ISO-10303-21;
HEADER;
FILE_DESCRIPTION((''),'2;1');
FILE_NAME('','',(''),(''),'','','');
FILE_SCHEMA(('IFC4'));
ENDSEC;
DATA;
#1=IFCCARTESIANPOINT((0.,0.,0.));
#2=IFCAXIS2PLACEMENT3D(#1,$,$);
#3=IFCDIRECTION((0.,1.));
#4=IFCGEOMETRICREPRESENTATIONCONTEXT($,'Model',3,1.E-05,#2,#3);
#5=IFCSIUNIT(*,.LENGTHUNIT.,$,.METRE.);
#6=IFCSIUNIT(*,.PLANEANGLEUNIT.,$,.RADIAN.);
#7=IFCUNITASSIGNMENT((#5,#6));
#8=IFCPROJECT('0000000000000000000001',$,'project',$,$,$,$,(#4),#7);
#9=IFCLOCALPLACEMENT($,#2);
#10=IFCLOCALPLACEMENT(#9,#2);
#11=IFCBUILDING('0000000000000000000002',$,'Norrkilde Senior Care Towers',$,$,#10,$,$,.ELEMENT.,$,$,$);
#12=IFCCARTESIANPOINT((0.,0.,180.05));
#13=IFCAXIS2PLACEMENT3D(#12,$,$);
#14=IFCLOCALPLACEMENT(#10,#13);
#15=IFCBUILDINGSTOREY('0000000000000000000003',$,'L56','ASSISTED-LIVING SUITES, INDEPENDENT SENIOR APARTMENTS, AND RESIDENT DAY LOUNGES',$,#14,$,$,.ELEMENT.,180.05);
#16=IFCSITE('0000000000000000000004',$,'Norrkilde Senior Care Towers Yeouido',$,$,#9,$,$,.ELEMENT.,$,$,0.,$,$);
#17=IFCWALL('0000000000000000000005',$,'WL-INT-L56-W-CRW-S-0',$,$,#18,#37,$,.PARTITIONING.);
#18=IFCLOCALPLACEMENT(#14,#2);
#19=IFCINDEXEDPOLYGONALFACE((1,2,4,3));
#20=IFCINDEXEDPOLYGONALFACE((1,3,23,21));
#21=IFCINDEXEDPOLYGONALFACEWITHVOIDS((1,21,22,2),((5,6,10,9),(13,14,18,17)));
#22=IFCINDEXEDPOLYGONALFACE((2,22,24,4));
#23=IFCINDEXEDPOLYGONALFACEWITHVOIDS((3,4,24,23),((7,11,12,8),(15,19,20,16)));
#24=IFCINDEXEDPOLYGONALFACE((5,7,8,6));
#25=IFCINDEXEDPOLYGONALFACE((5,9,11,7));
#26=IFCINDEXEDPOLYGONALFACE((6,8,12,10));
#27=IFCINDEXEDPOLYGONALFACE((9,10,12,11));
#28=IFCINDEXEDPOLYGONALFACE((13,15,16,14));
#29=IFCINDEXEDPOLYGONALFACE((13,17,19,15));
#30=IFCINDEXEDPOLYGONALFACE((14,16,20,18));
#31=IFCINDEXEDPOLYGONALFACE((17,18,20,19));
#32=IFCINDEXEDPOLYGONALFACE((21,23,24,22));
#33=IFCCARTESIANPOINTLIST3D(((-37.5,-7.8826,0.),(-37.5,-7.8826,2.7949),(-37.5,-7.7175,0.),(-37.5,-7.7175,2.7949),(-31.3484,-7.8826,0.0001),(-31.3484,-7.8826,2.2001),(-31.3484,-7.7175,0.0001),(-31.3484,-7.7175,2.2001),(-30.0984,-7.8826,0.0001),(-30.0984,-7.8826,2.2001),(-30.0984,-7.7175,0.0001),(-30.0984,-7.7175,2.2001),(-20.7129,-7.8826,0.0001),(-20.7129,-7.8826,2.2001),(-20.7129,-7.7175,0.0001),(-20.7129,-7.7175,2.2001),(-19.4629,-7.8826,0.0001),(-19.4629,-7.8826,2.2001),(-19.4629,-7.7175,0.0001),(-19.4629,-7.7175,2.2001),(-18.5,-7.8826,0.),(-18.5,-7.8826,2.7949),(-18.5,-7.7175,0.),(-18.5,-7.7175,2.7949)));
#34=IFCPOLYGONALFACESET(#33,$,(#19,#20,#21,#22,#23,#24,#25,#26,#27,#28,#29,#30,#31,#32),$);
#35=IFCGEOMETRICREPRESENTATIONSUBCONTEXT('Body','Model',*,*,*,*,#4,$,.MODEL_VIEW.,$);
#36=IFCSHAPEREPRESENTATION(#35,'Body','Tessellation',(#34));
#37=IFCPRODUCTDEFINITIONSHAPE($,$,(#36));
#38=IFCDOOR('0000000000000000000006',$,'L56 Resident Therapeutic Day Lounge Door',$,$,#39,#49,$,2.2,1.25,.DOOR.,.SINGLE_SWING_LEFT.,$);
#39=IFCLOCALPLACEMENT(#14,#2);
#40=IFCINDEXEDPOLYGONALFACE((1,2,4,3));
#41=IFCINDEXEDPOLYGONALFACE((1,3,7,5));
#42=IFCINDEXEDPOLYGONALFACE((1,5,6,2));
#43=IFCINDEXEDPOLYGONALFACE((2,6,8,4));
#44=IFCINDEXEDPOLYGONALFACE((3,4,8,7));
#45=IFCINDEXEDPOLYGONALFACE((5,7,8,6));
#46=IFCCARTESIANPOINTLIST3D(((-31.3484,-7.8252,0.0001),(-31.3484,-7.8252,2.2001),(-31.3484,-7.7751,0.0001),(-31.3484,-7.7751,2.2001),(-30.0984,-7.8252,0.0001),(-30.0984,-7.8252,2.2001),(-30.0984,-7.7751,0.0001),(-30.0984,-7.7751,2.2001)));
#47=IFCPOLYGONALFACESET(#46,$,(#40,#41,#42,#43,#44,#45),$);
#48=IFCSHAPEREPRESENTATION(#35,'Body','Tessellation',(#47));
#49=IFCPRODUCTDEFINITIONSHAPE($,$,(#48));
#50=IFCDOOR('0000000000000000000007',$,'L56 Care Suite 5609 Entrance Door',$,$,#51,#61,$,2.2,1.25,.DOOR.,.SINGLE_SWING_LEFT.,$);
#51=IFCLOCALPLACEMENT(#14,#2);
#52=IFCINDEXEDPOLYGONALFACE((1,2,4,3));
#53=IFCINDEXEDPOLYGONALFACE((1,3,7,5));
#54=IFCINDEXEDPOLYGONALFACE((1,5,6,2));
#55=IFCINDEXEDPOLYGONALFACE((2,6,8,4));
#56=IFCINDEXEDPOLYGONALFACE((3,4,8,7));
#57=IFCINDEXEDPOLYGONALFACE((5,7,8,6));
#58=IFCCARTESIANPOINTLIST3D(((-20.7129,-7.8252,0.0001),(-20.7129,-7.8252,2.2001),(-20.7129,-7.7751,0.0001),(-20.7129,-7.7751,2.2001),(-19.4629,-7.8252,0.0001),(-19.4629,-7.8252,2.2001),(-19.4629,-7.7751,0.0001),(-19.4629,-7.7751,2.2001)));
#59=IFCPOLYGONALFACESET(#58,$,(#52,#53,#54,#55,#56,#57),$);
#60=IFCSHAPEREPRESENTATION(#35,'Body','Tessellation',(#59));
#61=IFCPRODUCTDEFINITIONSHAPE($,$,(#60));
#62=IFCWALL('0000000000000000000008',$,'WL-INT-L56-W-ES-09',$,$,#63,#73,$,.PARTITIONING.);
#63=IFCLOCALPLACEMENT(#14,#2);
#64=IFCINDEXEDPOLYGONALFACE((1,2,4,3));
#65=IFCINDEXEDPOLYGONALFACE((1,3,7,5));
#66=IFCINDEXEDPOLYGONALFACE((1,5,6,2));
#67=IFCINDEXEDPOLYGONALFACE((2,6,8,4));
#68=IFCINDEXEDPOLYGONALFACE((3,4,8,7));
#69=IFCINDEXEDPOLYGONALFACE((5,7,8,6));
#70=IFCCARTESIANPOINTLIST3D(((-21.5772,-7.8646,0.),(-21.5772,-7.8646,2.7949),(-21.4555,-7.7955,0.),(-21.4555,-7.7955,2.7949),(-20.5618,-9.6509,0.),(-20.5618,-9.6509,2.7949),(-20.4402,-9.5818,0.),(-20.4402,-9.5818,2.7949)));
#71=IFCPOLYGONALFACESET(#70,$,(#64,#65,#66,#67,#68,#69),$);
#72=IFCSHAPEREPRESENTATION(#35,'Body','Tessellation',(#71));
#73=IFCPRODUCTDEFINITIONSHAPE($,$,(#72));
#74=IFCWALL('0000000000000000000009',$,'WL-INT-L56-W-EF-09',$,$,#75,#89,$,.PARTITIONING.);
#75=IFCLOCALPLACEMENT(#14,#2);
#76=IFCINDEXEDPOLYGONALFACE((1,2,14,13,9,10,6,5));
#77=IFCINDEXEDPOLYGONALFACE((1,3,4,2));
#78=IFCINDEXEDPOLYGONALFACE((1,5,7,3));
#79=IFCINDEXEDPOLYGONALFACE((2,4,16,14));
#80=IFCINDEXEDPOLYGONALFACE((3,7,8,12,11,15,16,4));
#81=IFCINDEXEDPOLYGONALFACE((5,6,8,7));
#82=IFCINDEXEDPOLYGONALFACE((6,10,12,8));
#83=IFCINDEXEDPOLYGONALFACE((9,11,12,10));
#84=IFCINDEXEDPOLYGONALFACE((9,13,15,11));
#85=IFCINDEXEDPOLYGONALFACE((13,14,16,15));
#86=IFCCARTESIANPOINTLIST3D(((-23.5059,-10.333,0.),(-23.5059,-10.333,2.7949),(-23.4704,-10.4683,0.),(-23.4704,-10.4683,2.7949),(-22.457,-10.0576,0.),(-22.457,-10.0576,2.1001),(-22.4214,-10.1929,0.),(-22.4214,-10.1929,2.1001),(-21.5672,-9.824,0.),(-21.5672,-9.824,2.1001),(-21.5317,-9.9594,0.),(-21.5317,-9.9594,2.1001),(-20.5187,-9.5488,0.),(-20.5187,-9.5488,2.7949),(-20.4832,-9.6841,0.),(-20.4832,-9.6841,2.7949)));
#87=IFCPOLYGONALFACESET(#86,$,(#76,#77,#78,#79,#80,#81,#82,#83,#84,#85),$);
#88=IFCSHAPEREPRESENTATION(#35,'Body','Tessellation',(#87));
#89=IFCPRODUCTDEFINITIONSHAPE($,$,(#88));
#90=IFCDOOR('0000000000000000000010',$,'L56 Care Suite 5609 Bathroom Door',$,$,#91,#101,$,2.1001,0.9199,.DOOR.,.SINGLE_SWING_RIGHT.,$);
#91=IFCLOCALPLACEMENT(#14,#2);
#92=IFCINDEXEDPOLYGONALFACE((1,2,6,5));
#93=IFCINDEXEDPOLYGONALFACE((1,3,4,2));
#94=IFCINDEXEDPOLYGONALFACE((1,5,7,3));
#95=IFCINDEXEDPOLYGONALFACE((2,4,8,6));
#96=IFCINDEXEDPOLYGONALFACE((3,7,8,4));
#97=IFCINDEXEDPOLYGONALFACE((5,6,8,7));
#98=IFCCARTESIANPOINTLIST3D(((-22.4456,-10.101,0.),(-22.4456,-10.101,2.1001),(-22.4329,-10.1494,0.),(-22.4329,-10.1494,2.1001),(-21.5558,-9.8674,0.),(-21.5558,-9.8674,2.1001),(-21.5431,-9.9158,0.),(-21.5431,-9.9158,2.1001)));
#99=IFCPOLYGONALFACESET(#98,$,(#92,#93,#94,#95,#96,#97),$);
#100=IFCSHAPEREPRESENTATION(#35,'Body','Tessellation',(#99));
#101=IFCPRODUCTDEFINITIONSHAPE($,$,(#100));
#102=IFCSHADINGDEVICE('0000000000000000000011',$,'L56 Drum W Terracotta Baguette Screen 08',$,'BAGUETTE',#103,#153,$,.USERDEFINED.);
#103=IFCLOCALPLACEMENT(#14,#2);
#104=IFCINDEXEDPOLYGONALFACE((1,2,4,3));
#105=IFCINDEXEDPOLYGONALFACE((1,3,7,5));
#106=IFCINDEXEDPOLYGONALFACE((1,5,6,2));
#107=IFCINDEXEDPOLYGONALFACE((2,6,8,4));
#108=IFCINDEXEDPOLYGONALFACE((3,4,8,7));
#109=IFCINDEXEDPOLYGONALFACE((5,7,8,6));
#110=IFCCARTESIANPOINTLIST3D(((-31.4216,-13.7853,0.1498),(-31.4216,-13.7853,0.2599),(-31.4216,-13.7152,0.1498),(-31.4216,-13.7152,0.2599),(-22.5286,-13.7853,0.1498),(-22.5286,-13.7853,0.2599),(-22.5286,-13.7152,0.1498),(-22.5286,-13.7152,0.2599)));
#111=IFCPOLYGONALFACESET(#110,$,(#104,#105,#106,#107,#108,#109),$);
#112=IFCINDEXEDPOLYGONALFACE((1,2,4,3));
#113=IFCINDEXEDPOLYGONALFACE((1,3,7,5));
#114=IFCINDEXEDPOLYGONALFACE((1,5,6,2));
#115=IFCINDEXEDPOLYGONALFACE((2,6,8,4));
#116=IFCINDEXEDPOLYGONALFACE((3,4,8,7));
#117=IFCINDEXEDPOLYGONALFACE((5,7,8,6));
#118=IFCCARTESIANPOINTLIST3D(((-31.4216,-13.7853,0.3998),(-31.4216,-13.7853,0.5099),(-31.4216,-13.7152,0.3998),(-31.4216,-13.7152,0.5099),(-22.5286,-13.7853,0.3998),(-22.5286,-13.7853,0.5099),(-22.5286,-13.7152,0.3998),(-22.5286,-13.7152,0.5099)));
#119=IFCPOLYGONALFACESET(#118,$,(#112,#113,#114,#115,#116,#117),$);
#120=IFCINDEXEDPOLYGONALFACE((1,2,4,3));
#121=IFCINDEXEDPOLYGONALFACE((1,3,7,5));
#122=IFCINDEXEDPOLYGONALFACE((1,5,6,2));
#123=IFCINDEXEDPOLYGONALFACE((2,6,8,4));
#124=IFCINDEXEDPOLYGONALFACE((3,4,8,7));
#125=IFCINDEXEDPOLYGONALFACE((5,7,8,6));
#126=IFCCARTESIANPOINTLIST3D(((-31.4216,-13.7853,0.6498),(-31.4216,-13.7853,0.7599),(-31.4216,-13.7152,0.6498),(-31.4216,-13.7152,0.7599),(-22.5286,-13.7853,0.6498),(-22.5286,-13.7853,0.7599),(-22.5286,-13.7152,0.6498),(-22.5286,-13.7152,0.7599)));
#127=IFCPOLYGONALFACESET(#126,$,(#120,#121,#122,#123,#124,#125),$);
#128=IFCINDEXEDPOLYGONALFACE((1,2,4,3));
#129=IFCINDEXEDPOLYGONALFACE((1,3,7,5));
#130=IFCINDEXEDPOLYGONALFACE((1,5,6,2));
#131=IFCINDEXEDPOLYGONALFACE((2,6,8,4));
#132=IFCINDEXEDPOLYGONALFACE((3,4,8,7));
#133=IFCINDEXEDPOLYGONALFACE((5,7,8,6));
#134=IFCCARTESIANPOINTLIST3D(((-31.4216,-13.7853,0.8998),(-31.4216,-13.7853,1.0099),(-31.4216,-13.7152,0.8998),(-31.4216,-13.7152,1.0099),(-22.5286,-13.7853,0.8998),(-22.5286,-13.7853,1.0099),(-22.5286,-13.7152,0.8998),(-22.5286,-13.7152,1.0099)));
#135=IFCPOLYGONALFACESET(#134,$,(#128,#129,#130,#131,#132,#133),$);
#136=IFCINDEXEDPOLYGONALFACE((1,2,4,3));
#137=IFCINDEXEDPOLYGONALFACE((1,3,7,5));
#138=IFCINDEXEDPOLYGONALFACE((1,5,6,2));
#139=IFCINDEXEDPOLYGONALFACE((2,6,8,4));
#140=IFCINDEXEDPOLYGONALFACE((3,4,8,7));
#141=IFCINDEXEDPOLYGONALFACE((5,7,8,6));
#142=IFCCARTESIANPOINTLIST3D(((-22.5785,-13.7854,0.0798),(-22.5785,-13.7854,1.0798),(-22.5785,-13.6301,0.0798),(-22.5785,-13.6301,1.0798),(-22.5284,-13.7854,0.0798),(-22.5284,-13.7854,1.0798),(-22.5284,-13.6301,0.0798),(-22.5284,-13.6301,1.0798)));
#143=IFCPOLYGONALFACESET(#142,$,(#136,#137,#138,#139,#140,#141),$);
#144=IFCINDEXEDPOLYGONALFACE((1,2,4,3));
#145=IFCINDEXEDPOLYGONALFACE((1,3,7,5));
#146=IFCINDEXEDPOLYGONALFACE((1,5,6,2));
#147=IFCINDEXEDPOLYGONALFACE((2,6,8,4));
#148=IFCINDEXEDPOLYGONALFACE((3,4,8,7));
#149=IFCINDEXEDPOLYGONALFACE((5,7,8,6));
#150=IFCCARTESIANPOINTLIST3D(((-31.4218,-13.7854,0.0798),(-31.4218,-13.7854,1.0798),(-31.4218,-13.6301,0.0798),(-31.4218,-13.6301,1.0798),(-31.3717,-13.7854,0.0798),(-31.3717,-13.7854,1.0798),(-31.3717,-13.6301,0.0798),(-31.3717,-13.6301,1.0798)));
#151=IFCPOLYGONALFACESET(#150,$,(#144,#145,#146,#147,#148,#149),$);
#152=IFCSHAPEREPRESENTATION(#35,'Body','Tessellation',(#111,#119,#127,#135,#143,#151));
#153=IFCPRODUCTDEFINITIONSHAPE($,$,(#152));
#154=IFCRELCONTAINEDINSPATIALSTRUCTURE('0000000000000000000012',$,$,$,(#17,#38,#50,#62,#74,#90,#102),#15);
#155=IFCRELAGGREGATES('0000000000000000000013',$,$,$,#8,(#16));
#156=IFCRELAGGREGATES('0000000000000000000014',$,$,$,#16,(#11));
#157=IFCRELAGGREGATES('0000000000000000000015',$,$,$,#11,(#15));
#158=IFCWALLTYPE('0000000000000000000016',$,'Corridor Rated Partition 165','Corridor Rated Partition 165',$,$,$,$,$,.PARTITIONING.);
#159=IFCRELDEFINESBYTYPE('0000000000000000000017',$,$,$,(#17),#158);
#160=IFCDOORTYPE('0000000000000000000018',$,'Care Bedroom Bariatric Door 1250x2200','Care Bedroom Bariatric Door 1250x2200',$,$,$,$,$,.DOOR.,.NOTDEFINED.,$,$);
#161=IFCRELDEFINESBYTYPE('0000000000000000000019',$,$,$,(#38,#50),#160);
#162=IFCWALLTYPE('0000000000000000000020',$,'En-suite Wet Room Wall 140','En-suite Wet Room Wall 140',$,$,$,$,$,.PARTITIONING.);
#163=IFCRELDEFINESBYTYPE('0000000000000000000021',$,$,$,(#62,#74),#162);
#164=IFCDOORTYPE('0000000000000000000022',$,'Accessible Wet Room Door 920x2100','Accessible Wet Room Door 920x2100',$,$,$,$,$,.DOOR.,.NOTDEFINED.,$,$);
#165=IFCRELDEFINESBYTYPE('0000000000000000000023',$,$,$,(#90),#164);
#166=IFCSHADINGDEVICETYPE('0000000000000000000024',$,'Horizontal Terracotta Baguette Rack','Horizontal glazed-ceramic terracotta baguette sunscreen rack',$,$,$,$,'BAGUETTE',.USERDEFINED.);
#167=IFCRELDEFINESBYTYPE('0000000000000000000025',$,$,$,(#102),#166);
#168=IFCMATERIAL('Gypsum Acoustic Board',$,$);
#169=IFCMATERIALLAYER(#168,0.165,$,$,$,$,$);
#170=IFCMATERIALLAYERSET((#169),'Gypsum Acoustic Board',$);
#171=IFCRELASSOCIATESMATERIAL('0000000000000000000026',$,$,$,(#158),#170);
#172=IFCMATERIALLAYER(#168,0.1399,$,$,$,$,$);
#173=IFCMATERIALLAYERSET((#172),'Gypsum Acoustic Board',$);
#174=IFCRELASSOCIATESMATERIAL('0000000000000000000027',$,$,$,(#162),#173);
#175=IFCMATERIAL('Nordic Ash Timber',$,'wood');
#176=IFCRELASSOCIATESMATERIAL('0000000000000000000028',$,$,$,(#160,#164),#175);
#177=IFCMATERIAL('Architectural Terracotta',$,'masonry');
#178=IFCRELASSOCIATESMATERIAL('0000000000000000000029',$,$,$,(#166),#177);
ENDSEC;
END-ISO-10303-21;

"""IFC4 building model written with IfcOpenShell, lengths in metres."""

from ifc_helpers import new_model, si_unit, direction, frame, frame_2d, origin, origin_2d, place, context, subcontext, project, spatial, rectangle, extrude, source, transform, mapped, material, layer, layer_set, type_object, type_shapes, element, fill, save


model = new_model("IFC4")

# Units and contexts
model_context = context("Model", 3, precision=1e-05, world=origin(), true_north=direction((0.0, 1.0)))
body_context = subcontext(model_context, "Body", "Model", "MODEL_VIEW")
ifc_project = project(units=[si_unit("LENGTHUNIT", "METRE"), si_unit("PLANEANGLEUNIT", "RADIAN")], contexts=[model_context])

# Site, building, storey
site_placement = place(None, origin())
site = spatial("IfcSite", under=ifc_project, at=site_placement, Name="Norrkilde Senior Care Towers Yeouido", CompositionType="ELEMENT", RefElevation=0.0)
building_placement = place(site_placement, origin())
building = spatial("IfcBuilding", under=site, at=building_placement, Name="Norrkilde Senior Care Towers", CompositionType="ELEMENT")
storey_placement = place(building_placement, frame((0.0, 0.0, 180.05)))
storey = spatial("IfcBuildingStorey", under=building, at=storey_placement, Name="L56", Description="ASSISTED-LIVING SUITES, INDEPENDENT SENIOR APARTMENTS, AND RESIDENT DAY LOUNGES", CompositionType="ELEMENT", Elevation=180.05)

# Shared definitions
ifc_material_1 = material(Name="Gypsum Acoustic Board")
ifc_layer_1 = layer(ifc_material_1, 0.165)
ifc_layer_set_1 = layer_set([ifc_layer_1], Name="Gypsum Acoustic Board")
wall_type_1 = type_object("IfcWallType", Name="Corridor Rated Partition 165", Description="Corridor Rated Partition 165", PredefinedType="PARTITIONING", material=ifc_layer_set_1)

# Shared definitions
ifc_layer_2 = layer(ifc_material_1, 0.1399)
ifc_layer_set_2 = layer_set([ifc_layer_2], Name="Gypsum Acoustic Board")
wall_type_2 = type_object("IfcWallType", Name="En-suite Wet Room Wall 140", Description="En-suite Wet Room Wall 140", PredefinedType="PARTITIONING", material=ifc_layer_set_2)

# Wall, openings, doors
shared_shape_1 = source(origin(), body_context, "Body", "SweptSolid", [
    extrude(rectangle(XDim=19.0, YDim=0.165, at=frame_2d((9.5, 0.0))), origin(), (0.0, 0.0, 1.0), 2.7949),
])
wall_1_placement = place(storey_placement, frame((-18.5, -7.8, 0.0), z_axis=(0.0, 0.0, 1.0), x_axis=(-1.0, 0.0, 0.0)))
wall_1 = element("IfcWall", 1, at=wall_1_placement, inside=storey, type_object=wall_type_1, Name="WL-INT-L56-W-CRW-S-0", PredefinedType="PARTITIONING", context=body_context, shape_type="MappedRepresentation", body=[
    mapped(shared_shape_1, transform((0.0, 0.0, 0.0), x_axis=(1.0, 0.0, 0.0), y_axis=(0.0, 1.0, 0.0), z_axis=(0.0, 0.0, 1.0), scale=1.0)),
])
opening_1_placement = place(wall_1_placement, frame((11.5984, 0.0, 0.0)))
opening_1 = element("IfcOpeningElement", 2, at=opening_1_placement, cuts=wall_1, PredefinedType="OPENING", context=body_context, shape_type="SweptSolid", body=[
    extrude(rectangle(XDim=1.25, YDim=2.2, at=frame_2d((0.625, 1.1001))), frame((0.0, 0.0925, 0.0), z_axis=(0.0, -1.0, 0.0), x_axis=(1.0, 0.0, 0.0)), (0.0, 0.0, 1.0), 0.1851),
])
opening_2_placement = place(wall_1_placement, frame((0.9629, 0.0, 0.0)))
opening_2 = element("IfcOpeningElement", 3, at=opening_2_placement, cuts=wall_1, PredefinedType="OPENING", context=body_context, shape_type="SweptSolid", body=[
    extrude(rectangle(XDim=1.25, YDim=2.2, at=frame_2d((0.625, 1.1001))), frame((0.0, 0.0925, 0.0), z_axis=(0.0, -1.0, 0.0), x_axis=(1.0, 0.0, 0.0)), (0.0, 0.0, 1.0), 0.1851),
])
ifc_material_2 = material(Name="Nordic Ash Timber", Category="wood")
door_type_1 = type_object("IfcDoorType", Name="Care Bedroom Bariatric Door 1250x2200", Description="Care Bedroom Bariatric Door 1250x2200", OperationType="NOTDEFINED", PredefinedType="DOOR", material=ifc_material_2)
shared_shape_2 = source(origin(), body_context, "Body", "SweptSolid", [
    extrude(rectangle(XDim=1.25, YDim=2.2, at=frame_2d((0.625, 1.1001))), frame((0.0, 0.0249, 0.0), z_axis=(0.0, -1.0, 0.0), x_axis=(1.0, 0.0, 0.0)), (0.0, 0.0, 1.0), 0.05),
])
type_shapes(door_type_1, [shared_shape_2])
door_1_placement = place(opening_1_placement, frame((1.25, 0.0, 0.0), z_axis=(0.0, 0.0, 1.0), x_axis=(-1.0, 0.0, 0.0)))
door_1 = element("IfcDoor", 4, at=door_1_placement, inside=storey, type_object=door_type_1, Name="L56 Resident Therapeutic Day Lounge Door", OperationType="SINGLE_SWING_LEFT", OverallHeight=2.2, OverallWidth=1.25, PredefinedType="DOOR", context=body_context, shape_type="MappedRepresentation", body=[
    mapped(shared_shape_2, transform((0.0, 0.0, 0.0), x_axis=(1.0, 0.0, 0.0), y_axis=(0.0, 1.0, 0.0), z_axis=(0.0, 0.0, 1.0), scale=1.0)),
])
fill(opening_1, door_1)
door_2_placement = place(opening_2_placement, frame((1.25, 0.0, 0.0), z_axis=(0.0, 0.0, 1.0), x_axis=(-1.0, 0.0, 0.0)))
door_2 = element("IfcDoor", 5, at=door_2_placement, inside=storey, type_object=door_type_1, Name="L56 Care Suite 5609 Entrance Door", OperationType="SINGLE_SWING_LEFT", OverallHeight=2.2, OverallWidth=1.25, PredefinedType="DOOR", context=body_context, shape_type="MappedRepresentation", body=[
    mapped(shared_shape_2, transform((0.0, 0.0, 0.0), x_axis=(1.0, 0.0, 0.0), y_axis=(0.0, 1.0, 0.0), z_axis=(0.0, 0.0, 1.0), scale=1.0)),
])
fill(opening_2, door_2)

# Wall
shared_shape_3 = source(origin(), body_context, "Body", "SweptSolid", [
    extrude(rectangle(XDim=2.0547, YDim=0.1399, at=frame_2d((1.0273, 0.0))), origin(), (0.0, 0.0, 1.0), 2.7949),
])
wall_2_placement = place(storey_placement, frame((-21.5164, -7.8301, 0.0), z_axis=(0.0, 0.0, 1.0), x_axis=(0.494154, -0.869374, 0.0)))
element("IfcWall", 6, at=wall_2_placement, inside=storey, type_object=wall_type_2, Name="WL-INT-L56-W-ES-09", PredefinedType="PARTITIONING", context=body_context, shape_type="MappedRepresentation", body=[
    mapped(shared_shape_3, transform((0.0, 0.0, 0.0), x_axis=(1.0, 0.0, 0.0), y_axis=(0.0, 1.0, 0.0), z_axis=(0.0, 0.0, 1.0), scale=1.0)),
])

# Wall, opening, door
shared_shape_4 = source(origin(), body_context, "Body", "SweptSolid", [
    extrude(rectangle(XDim=3.0884, YDim=0.1399, at=frame_2d((1.5442, 0.0))), origin(), (0.0, 0.0, 1.0), 2.7949),
])
wall_3_placement = place(storey_placement, frame((-20.501, -9.6165, 0.0), z_axis=(0.0, 0.0, 1.0), x_axis=(-0.967225, -0.253921, 0.0)))
wall_3 = element("IfcWall", 7, at=wall_3_placement, inside=storey, type_object=wall_type_2, Name="WL-INT-L56-W-EF-09", PredefinedType="PARTITIONING", context=body_context, shape_type="MappedRepresentation", body=[
    mapped(shared_shape_4, transform((0.0, 0.0, 0.0), x_axis=(1.0, 0.0, 0.0), y_axis=(0.0, 1.0, 0.0), z_axis=(0.0, 0.0, 1.0), scale=1.0)),
])
opening_3_placement = place(wall_3_placement, frame((1.084, 0.0, 0.0)))
opening_3 = element("IfcOpeningElement", 8, at=opening_3_placement, cuts=wall_3, PredefinedType="OPENING", context=body_context, shape_type="SweptSolid", body=[
    extrude(rectangle(XDim=0.9199, YDim=2.1001, at=frame_2d((0.46, 1.05))), frame((0.0, 0.0798, 0.0), z_axis=(0.0, -1.0, 0.0), x_axis=(1.0, 0.0, 0.0)), (0.0, 0.0, 1.0), 0.1599),
])
door_type_2 = type_object("IfcDoorType", Name="Accessible Wet Room Door 920x2100", Description="Accessible Wet Room Door 920x2100", OperationType="NOTDEFINED", PredefinedType="DOOR", material=ifc_material_2)
shared_shape_5 = source(origin(), body_context, "Body", "SweptSolid", [
    extrude(rectangle(XDim=0.9199, YDim=2.1001, at=frame_2d((0.46, 1.05))), frame((0.0, 0.0249, 0.0), z_axis=(0.0, -1.0, 0.0), x_axis=(1.0, 0.0, 0.0)), (0.0, 0.0, 1.0), 0.05),
])
type_shapes(door_type_2, [shared_shape_5])
door_3_placement = place(opening_3_placement, origin())
door_3 = element("IfcDoor", 9, at=door_3_placement, inside=storey, type_object=door_type_2, Name="L56 Care Suite 5609 Bathroom Door", OperationType="SINGLE_SWING_RIGHT", OverallHeight=2.1001, OverallWidth=0.9199, PredefinedType="DOOR", context=body_context, shape_type="MappedRepresentation", body=[
    mapped(shared_shape_5, transform((0.0, 0.0, 0.0), x_axis=(1.0, 0.0, 0.0), y_axis=(0.0, 1.0, 0.0), z_axis=(0.0, 0.0, 1.0), scale=1.0)),
])
fill(opening_3, door_3)

# Shading device
ifc_material_3 = material(Name="Architectural Terracotta", Category="masonry")
shading_device_type = type_object("IfcShadingDeviceType", Name="Horizontal Terracotta Baguette Rack", Description="Horizontal glazed-ceramic terracotta baguette sunscreen rack", ElementType="BAGUETTE", PredefinedType="USERDEFINED", material=ifc_material_3)
shared_shape_6 = source(origin(), body_context, "Body", "SweptSolid", [
    extrude(rectangle(XDim=0.0701, YDim=0.1101, at=origin_2d()), frame((0.0, 0.0901, 0.125), z_axis=(1.0, 0.0, 0.0), x_axis=(0.0, 1.0, 0.0)), (0.0, 0.0, 1.0), 8.8931),
    extrude(rectangle(XDim=0.0701, YDim=0.1101, at=origin_2d()), frame((0.0, 0.0901, 0.375), z_axis=(1.0, 0.0, 0.0), x_axis=(0.0, 1.0, 0.0)), (0.0, 0.0, 1.0), 8.8931),
    extrude(rectangle(XDim=0.0701, YDim=0.1101, at=origin_2d()), frame((0.0, 0.0901, 0.625), z_axis=(1.0, 0.0, 0.0), x_axis=(0.0, 1.0, 0.0)), (0.0, 0.0, 1.0), 8.8931),
    extrude(rectangle(XDim=0.0701, YDim=0.1101, at=origin_2d()), frame((0.0, 0.0901, 0.875), z_axis=(1.0, 0.0, 0.0), x_axis=(0.0, 1.0, 0.0)), (0.0, 0.0, 1.0), 8.8931),
    extrude(rectangle(XDim=0.05, YDim=0.1553, at=origin_2d()), frame((0.0249, 0.0476, 0.0)), (0.0, 0.0, 1.0), 1.0),
    extrude(rectangle(XDim=0.05, YDim=0.1553, at=origin_2d()), frame((8.8682, 0.0476, 0.0)), (0.0, 0.0, 1.0), 1.0),
])
type_shapes(shading_device_type, [shared_shape_6])
shading_device_placement = place(storey_placement, frame((-22.5286, -13.6602, 0.0798), z_axis=(0.0, 0.0, 1.0), x_axis=(-1.0, 0.0, 0.0)))
element("IfcShadingDevice", 10, at=shading_device_placement, inside=storey, type_object=shading_device_type, Name="L56 Drum W Terracotta Baguette Screen 08", ObjectType="BAGUETTE", PredefinedType="USERDEFINED", context=body_context, shape_type="MappedRepresentation", body=[
    mapped(shared_shape_6, transform((0.0, 0.0, 0.0), x_axis=(1.0, 0.0, 0.0), y_axis=(0.0, 1.0, 0.0), z_axis=(0.0, 0.0, 1.0), scale=1.0)),
])

save(model, "model.ifc")
